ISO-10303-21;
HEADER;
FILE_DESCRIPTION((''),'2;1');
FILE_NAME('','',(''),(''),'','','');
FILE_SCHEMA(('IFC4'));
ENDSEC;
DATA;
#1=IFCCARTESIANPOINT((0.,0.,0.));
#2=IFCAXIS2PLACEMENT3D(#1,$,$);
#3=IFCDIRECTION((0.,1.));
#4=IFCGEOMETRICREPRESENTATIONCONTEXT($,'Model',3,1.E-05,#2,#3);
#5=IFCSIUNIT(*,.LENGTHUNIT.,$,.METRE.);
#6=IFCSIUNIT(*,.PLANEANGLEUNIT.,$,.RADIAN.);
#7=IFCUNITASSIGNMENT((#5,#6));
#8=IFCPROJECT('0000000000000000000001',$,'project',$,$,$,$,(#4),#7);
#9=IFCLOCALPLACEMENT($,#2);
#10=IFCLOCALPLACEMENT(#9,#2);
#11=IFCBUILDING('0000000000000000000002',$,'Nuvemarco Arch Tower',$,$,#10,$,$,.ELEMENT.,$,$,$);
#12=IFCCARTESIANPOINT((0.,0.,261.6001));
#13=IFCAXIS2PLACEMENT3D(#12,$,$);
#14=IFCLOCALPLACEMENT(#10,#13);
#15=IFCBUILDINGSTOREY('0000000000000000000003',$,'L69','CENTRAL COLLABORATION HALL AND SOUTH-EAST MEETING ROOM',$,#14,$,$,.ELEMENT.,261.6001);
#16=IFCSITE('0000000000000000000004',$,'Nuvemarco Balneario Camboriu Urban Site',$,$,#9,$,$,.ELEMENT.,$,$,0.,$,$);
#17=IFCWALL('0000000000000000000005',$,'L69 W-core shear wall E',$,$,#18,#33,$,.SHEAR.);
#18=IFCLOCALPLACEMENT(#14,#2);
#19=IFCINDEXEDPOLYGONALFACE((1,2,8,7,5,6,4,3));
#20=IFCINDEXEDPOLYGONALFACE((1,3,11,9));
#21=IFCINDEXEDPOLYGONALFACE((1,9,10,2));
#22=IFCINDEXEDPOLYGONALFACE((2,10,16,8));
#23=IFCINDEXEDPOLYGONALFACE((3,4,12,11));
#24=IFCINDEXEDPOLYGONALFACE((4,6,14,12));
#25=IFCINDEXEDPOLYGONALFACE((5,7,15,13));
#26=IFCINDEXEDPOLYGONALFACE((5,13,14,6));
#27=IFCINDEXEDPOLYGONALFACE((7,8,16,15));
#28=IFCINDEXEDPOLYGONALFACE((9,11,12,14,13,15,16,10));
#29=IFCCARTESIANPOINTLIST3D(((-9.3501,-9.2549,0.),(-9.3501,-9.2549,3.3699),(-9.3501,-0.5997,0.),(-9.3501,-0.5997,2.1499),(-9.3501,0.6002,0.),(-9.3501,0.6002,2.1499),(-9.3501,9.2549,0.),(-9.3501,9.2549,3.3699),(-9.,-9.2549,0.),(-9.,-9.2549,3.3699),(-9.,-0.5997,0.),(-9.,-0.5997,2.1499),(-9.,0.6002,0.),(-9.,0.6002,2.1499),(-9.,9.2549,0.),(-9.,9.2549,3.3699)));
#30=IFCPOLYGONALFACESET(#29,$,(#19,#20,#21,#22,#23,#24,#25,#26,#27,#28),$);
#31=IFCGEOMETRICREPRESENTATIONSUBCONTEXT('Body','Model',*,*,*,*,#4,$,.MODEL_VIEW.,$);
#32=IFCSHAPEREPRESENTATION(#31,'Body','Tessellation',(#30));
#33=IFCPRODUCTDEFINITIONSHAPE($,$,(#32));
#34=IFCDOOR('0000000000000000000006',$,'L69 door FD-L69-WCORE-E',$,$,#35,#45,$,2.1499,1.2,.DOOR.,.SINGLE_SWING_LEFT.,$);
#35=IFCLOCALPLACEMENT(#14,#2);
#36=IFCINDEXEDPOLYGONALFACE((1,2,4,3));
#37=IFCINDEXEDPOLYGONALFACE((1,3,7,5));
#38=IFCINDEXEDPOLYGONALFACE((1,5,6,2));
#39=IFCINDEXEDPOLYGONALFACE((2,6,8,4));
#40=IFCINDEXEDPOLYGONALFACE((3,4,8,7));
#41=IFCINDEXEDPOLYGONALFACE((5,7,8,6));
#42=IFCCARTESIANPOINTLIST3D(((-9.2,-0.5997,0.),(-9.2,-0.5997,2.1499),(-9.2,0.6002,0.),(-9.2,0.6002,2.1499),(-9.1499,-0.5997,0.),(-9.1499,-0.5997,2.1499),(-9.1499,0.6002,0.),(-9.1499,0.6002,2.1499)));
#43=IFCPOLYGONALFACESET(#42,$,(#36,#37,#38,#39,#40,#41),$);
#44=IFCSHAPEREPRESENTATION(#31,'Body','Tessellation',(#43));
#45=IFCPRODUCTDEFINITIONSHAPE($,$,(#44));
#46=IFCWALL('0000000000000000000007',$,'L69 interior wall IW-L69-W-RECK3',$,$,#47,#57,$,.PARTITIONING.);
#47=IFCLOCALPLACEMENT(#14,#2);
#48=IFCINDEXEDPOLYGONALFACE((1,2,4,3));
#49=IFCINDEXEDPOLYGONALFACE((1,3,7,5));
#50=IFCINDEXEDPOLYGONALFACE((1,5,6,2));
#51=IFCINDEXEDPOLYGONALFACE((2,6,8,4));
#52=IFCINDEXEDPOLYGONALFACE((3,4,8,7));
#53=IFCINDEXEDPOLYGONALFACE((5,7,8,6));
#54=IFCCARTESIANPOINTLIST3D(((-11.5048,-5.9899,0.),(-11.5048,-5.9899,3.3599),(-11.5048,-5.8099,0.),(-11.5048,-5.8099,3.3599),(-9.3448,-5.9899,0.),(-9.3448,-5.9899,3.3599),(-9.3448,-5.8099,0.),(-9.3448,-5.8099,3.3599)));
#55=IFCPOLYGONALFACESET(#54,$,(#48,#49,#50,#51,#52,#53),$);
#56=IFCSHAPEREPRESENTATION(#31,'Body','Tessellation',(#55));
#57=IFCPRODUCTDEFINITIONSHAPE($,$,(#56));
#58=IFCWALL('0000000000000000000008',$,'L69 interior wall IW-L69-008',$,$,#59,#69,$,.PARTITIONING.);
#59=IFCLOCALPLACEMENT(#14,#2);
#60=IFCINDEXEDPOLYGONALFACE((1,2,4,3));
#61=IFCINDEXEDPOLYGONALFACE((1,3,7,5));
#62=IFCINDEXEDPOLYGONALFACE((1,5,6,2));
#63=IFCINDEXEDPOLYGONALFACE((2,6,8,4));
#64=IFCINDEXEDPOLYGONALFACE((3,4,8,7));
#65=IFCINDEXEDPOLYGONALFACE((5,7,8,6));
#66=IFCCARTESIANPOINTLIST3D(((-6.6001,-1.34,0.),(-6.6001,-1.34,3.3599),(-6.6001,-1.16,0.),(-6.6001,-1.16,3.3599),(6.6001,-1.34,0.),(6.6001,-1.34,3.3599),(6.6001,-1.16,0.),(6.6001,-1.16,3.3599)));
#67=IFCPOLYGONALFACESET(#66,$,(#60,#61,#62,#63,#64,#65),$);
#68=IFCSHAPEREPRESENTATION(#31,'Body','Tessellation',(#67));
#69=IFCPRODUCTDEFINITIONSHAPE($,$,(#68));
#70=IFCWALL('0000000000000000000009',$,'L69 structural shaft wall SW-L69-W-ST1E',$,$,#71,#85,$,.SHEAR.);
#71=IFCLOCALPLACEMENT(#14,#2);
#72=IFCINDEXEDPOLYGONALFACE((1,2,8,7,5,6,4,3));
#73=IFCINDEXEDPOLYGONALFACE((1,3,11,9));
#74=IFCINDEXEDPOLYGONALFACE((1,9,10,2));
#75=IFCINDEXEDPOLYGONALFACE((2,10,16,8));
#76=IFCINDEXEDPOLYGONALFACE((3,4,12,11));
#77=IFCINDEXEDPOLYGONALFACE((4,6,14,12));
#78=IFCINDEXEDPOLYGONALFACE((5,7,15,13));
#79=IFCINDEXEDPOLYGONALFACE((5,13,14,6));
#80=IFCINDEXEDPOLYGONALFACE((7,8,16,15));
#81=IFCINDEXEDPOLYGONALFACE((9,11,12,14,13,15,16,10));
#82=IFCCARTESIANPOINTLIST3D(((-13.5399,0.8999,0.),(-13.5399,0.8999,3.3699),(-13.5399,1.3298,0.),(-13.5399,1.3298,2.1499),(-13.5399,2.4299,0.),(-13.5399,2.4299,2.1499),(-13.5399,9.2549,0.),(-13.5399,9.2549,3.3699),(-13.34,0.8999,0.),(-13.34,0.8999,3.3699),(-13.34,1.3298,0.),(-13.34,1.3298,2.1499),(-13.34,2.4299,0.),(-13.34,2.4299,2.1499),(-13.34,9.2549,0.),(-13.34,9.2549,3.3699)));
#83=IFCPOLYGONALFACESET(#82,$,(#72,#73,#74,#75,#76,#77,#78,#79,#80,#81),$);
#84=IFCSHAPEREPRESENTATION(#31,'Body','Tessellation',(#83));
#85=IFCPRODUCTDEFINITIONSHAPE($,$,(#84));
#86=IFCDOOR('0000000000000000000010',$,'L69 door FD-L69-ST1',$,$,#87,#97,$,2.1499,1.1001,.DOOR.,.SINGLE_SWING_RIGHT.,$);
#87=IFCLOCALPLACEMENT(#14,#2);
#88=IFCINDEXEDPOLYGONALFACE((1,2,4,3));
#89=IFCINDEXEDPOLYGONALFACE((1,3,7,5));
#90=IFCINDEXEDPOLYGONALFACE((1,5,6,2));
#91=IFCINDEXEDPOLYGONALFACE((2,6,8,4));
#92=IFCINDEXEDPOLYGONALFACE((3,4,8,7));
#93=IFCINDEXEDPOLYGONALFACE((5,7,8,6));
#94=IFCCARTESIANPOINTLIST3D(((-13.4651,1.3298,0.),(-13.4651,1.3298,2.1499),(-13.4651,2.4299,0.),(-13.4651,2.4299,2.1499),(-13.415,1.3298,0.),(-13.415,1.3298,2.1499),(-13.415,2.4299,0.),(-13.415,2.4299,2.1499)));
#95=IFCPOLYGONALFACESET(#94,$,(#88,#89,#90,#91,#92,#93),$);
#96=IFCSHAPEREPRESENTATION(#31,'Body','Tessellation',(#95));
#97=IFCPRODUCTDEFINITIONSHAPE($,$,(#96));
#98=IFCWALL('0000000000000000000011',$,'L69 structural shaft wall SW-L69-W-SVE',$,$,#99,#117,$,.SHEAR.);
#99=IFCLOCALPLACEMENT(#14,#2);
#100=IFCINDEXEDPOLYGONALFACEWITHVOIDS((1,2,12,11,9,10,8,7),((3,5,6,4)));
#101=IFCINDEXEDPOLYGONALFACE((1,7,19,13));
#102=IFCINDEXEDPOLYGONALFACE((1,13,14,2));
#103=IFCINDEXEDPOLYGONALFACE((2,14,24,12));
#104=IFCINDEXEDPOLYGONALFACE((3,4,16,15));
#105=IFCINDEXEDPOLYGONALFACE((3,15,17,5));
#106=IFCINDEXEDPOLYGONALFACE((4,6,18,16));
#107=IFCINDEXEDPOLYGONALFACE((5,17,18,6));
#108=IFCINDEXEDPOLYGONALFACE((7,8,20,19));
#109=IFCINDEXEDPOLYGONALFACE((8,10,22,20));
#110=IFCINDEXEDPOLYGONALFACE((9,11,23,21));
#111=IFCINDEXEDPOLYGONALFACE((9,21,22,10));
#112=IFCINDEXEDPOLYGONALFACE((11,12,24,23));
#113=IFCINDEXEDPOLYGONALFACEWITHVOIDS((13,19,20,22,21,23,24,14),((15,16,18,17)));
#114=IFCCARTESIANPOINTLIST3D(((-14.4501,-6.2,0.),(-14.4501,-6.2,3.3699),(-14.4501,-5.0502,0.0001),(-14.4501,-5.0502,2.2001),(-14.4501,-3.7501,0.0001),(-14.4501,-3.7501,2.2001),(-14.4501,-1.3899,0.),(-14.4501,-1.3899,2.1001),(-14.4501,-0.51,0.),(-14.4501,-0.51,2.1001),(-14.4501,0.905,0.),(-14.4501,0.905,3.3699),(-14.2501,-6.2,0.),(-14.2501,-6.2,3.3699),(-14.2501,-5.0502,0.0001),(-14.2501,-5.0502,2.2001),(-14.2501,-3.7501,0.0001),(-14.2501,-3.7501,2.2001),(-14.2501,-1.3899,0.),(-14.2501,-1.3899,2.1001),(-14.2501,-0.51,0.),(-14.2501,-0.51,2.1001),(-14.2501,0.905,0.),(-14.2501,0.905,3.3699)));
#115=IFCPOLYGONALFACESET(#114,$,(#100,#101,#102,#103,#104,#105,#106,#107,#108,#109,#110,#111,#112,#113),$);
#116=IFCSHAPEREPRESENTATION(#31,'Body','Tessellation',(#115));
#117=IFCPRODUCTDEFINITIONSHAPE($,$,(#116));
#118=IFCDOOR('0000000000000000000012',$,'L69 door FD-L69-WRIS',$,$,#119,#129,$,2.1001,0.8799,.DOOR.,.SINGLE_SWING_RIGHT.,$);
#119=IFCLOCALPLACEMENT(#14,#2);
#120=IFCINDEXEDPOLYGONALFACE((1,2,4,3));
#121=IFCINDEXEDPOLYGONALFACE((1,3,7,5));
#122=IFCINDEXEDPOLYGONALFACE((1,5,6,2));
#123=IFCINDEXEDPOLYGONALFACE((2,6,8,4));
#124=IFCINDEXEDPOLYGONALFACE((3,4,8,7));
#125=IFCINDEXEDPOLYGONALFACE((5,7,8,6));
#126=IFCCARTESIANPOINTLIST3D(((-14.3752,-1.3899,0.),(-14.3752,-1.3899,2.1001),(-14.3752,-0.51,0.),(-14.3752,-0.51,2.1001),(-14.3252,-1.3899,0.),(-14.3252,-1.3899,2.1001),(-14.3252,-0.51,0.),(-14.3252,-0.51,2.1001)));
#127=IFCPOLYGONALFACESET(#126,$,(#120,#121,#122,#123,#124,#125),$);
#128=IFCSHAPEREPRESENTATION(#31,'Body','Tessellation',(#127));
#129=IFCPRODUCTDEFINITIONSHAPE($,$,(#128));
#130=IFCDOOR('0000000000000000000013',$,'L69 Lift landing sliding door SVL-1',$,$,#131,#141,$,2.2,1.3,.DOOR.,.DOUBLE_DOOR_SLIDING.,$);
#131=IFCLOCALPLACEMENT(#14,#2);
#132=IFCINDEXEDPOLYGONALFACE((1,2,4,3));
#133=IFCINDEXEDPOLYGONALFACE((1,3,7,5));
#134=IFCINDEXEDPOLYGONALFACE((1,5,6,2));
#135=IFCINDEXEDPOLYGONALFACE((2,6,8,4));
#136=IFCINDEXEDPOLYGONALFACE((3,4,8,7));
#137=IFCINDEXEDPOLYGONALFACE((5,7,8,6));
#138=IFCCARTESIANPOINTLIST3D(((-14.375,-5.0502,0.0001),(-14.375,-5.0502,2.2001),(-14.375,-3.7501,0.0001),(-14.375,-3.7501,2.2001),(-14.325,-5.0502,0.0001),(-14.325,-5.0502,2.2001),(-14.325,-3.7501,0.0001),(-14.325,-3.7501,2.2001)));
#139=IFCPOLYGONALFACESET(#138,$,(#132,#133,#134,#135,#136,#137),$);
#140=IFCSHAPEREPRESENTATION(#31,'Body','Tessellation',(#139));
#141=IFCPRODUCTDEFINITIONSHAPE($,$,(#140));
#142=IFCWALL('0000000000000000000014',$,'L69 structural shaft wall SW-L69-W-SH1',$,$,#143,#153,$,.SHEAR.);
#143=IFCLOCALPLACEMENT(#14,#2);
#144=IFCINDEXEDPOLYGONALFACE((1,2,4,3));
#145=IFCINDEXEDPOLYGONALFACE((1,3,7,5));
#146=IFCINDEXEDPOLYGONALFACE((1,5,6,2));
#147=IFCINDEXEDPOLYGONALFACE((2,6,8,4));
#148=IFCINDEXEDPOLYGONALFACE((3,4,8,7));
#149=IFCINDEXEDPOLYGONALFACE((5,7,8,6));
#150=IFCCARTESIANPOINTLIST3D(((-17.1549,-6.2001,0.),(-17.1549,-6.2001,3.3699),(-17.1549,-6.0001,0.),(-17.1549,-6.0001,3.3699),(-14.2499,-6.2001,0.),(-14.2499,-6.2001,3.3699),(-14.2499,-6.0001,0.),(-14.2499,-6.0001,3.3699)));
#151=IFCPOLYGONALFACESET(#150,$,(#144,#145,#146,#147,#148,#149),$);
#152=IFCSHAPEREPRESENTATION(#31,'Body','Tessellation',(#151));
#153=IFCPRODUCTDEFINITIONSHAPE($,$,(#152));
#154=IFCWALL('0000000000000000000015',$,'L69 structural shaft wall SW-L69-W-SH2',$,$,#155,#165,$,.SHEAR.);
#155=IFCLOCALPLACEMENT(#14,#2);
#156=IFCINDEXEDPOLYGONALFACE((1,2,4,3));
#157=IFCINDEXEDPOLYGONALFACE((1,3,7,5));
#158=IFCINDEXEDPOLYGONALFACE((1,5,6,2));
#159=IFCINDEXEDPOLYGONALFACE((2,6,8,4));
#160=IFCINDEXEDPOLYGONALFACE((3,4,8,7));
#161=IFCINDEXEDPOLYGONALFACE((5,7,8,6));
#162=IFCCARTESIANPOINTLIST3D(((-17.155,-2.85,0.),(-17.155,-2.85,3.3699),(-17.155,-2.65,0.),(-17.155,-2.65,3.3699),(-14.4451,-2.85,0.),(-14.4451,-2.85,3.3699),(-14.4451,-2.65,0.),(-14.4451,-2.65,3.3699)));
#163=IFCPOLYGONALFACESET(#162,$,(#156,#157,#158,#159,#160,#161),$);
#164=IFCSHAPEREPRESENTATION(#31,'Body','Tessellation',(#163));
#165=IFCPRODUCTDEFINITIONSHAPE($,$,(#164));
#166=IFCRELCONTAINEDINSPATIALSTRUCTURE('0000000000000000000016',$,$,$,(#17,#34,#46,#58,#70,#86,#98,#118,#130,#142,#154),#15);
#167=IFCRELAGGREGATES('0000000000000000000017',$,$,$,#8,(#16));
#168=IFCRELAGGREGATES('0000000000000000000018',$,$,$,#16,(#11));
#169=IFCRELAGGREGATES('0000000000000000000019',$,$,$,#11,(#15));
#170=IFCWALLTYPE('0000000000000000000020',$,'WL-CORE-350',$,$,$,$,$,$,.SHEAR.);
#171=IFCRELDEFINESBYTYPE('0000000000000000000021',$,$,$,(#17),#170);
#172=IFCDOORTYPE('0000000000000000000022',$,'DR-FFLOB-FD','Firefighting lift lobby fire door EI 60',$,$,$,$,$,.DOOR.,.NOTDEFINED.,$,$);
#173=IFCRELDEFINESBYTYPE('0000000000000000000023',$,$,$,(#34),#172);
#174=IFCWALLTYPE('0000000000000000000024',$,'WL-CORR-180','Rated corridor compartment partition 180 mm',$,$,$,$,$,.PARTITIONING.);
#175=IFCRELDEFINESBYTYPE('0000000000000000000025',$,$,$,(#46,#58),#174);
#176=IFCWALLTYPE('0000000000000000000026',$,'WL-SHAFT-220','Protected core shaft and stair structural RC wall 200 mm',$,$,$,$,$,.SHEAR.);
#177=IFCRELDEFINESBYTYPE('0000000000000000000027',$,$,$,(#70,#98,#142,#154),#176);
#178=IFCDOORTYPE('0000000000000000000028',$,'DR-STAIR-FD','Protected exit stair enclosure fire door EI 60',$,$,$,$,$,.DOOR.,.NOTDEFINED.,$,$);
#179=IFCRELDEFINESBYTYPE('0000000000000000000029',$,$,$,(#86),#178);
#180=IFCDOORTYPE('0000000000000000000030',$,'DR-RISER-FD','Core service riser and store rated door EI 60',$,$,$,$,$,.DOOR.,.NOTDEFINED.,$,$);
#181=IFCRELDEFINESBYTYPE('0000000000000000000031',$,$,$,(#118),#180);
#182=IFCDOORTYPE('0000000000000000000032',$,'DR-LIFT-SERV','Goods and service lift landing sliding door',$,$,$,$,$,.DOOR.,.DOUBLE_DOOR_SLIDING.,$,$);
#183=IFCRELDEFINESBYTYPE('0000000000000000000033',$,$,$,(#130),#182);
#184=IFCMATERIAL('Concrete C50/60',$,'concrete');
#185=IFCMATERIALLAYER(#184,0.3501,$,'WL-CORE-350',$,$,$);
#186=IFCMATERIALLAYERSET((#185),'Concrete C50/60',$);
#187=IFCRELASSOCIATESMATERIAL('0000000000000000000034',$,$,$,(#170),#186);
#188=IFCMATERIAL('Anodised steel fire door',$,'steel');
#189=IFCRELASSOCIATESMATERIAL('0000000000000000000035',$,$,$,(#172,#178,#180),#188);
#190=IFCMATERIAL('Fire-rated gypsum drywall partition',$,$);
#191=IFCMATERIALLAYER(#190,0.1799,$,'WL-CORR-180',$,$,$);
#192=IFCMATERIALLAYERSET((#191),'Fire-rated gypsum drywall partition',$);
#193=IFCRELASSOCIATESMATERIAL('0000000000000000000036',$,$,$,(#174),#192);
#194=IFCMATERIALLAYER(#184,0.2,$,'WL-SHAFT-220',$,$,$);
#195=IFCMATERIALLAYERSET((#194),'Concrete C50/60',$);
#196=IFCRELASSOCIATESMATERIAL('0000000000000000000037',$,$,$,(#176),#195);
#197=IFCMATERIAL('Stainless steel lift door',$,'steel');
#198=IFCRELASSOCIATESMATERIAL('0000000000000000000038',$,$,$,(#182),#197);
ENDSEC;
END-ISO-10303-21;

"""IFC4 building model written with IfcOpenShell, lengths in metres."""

from ifc_helpers import new_model, si_unit, direction, frame, frame_2d, origin, place, context, subcontext, project, spatial, rectangle, extrude, source, transform, mapped, material, layer, layer_set, type_object, type_shapes, element, fill, save


model = new_model("IFC4")

# Units and contexts
model_context = context("Model", 3, precision=1e-05, world=origin(), true_north=direction((0.0, 1.0)))
body_context = subcontext(model_context, "Body", "Model", "MODEL_VIEW")
ifc_project = project(units=[si_unit("LENGTHUNIT", "METRE"), si_unit("PLANEANGLEUNIT", "RADIAN")], contexts=[model_context])

# Site, building, storey
site_placement = place(None, origin())
site = spatial("IfcSite", under=ifc_project, at=site_placement, Name="Nuvemarco Balneario Camboriu Urban Site", CompositionType="ELEMENT", RefElevation=0.0)
building_placement = place(site_placement, origin())
building = spatial("IfcBuilding", under=site, at=building_placement, Name="Nuvemarco Arch Tower", CompositionType="ELEMENT")
storey_placement = place(building_placement, frame((0.0, 0.0, 261.6001)))
storey = spatial("IfcBuildingStorey", under=building, at=storey_placement, Name="L69", Description="CENTRAL COLLABORATION HALL AND SOUTH-EAST MEETING ROOM", CompositionType="ELEMENT", Elevation=261.6001)

# Shared definitions
ifc_material_1 = material(Name="Concrete C50/60", Category="concrete")

# Wall, opening, door
ifc_layer_1 = layer(ifc_material_1, 0.3501, Name="WL-CORE-350")
ifc_layer_set_1 = layer_set([ifc_layer_1], Name="Concrete C50/60")
wall_type_1 = type_object("IfcWallType", Name="WL-CORE-350", PredefinedType="SHEAR", material=ifc_layer_set_1)
wall_1_placement = place(storey_placement, frame((-9.175, -9.2549, 0.0), z_axis=(0.0, 0.0, 1.0), x_axis=(0.0, 1.0, 0.0)))
wall_1 = element("IfcWall", 1, at=wall_1_placement, inside=storey, type_object=wall_type_1, Name="L69 W-core shear wall E", PredefinedType="SHEAR", context=body_context, shape_type="SweptSolid", body=[
    extrude(rectangle(XDim=18.5098, YDim=0.3501, at=frame_2d((9.2549, 0.0))), origin(), (0.0, 0.0, 1.0), 3.3699),
])
opening_1_placement = place(wall_1_placement, frame((8.655, 0.0, 0.0)))
opening_1 = element("IfcOpeningElement", 2, at=opening_1_placement, cuts=wall_1, PredefinedType="OPENING", context=body_context, shape_type="SweptSolid", body=[
    extrude(rectangle(XDim=1.2, YDim=2.1499, at=frame_2d((0.6001, 1.075))), frame((0.0, 0.1851, 0.0), z_axis=(0.0, -1.0, 0.0), x_axis=(1.0, 0.0, 0.0)), (0.0, 0.0, 1.0), 0.3701),
])
ifc_material_2 = material(Name="Anodised steel fire door", Category="steel")
door_type_1 = type_object("IfcDoorType", Name="DR-FFLOB-FD", Description="Firefighting lift lobby fire door EI 60", OperationType="NOTDEFINED", PredefinedType="DOOR", material=ifc_material_2)
shared_shape_1 = source(origin(), body_context, "Body", "SweptSolid", [
    extrude(rectangle(XDim=1.2, YDim=2.1499, at=frame_2d((0.6001, 1.075))), frame((0.0, 0.0249, 0.0), z_axis=(0.0, -1.0, 0.0), x_axis=(1.0, 0.0, 0.0)), (0.0, 0.0, 1.0), 0.05),
])
type_shapes(door_type_1, [shared_shape_1])
door_1_placement = place(opening_1_placement, origin())
door_1 = element("IfcDoor", 3, at=door_1_placement, inside=storey, type_object=door_type_1, Name="L69 door FD-L69-WCORE-E", OperationType="SINGLE_SWING_LEFT", OverallHeight=2.1499, OverallWidth=1.2, PredefinedType="DOOR", context=body_context, shape_type="MappedRepresentation", body=[
    mapped(shared_shape_1, transform((0.0, 0.0, 0.0), scale=1.0)),
])
fill(opening_1, door_1)

# Walls
ifc_material_3 = material(Name="Fire-rated gypsum drywall partition")
ifc_layer_2 = layer(ifc_material_3, 0.1799, Name="WL-CORR-180")
ifc_layer_set_2 = layer_set([ifc_layer_2], Name="Fire-rated gypsum drywall partition")
wall_type_2 = type_object("IfcWallType", Name="WL-CORR-180", Description="Rated corridor compartment partition 180 mm", PredefinedType="PARTITIONING", material=ifc_layer_set_2)
wall_2_placement = place(storey_placement, frame((-11.5049, -5.8999, 0.0), z_axis=(0.0, 0.0, 1.0), x_axis=(1.0, 0.0, 0.0)))
element("IfcWall", 4, at=wall_2_placement, inside=storey, type_object=wall_type_2, Name="L69 interior wall IW-L69-W-RECK3", PredefinedType="PARTITIONING", context=body_context, shape_type="SweptSolid", body=[
    extrude(rectangle(XDim=2.1599, YDim=0.1799, at=frame_2d((1.0801, 0.0))), origin(), (0.0, 0.0, 1.0), 3.3599),
])
wall_3_placement = place(storey_placement, frame((-6.6001, -1.25, 0.0), z_axis=(0.0, 0.0, 1.0), x_axis=(1.0, 0.0, 0.0)))
element("IfcWall", 5, at=wall_3_placement, inside=storey, type_object=wall_type_2, Name="L69 interior wall IW-L69-008", PredefinedType="PARTITIONING", context=body_context, shape_type="SweptSolid", body=[
    extrude(rectangle(XDim=13.2002, YDim=0.1799, at=frame_2d((6.6001, 0.0))), origin(), (0.0, 0.0, 1.0), 3.3599),
])

# Wall, opening, door
ifc_layer_3 = layer(ifc_material_1, 0.2, Name="WL-SHAFT-220")
ifc_layer_set_3 = layer_set([ifc_layer_3], Name="Concrete C50/60")
wall_type_3 = type_object("IfcWallType", Name="WL-SHAFT-220", Description="Protected core shaft and stair structural RC wall 200 mm", PredefinedType="SHEAR", material=ifc_layer_set_3)
wall_4_placement = place(storey_placement, frame((-13.4399, 0.8999, 0.0), z_axis=(0.0, 0.0, 1.0), x_axis=(0.0, 1.0, 0.0)))
wall_4 = element("IfcWall", 6, at=wall_4_placement, inside=storey, type_object=wall_type_3, Name="L69 structural shaft wall SW-L69-W-ST1E", PredefinedType="SHEAR", context=body_context, shape_type="SweptSolid", body=[
    extrude(rectangle(XDim=8.355, YDim=0.2, at=frame_2d((4.1775, 0.0))), origin(), (0.0, 0.0, 1.0), 3.3699),
])
opening_2_placement = place(wall_4_placement, frame((1.53, 0.0, 0.0), z_axis=(0.0, 0.0, 1.0), x_axis=(-1.0, 0.0, 0.0)))
opening_2 = element("IfcOpeningElement", 7, at=opening_2_placement, cuts=wall_4, PredefinedType="OPENING", context=body_context, shape_type="SweptSolid", body=[
    extrude(rectangle(XDim=1.1001, YDim=2.1499, at=frame_2d((0.55, 1.075))), frame((0.0, 0.1099, 0.0), z_axis=(0.0, -1.0, 0.0), x_axis=(1.0, 0.0, 0.0)), (0.0, 0.0, 1.0), 0.22),
])
door_type_2 = type_object("IfcDoorType", Name="DR-STAIR-FD", Description="Protected exit stair enclosure fire door EI 60", OperationType="NOTDEFINED", PredefinedType="DOOR", material=ifc_material_2)
shared_shape_2 = source(origin(), body_context, "Body", "SweptSolid", [
    extrude(rectangle(XDim=1.1001, YDim=2.1499, at=frame_2d((0.55, 1.075))), frame((0.0, 0.0249, 0.0), z_axis=(0.0, -1.0, 0.0), x_axis=(1.0, 0.0, 0.0)), (0.0, 0.0, 1.0), 0.05),
])
type_shapes(door_type_2, [shared_shape_2])
door_2_placement = place(opening_2_placement, origin())
door_2 = element("IfcDoor", 8, at=door_2_placement, inside=storey, type_object=door_type_2, Name="L69 door FD-L69-ST1", OperationType="SINGLE_SWING_RIGHT", OverallHeight=2.1499, OverallWidth=1.1001, PredefinedType="DOOR", context=body_context, shape_type="MappedRepresentation", body=[
    mapped(shared_shape_2, transform((0.0, 0.0, 0.0), scale=1.0)),
])
fill(opening_2, door_2)
ifc_material_4 = material(Name="Stainless steel lift door", Category="steel")

# Wall, openings, doors
wall_5_placement = place(storey_placement, frame((-14.3501, -6.2, 0.0), z_axis=(0.0, 0.0, 1.0), x_axis=(0.0, 1.0, 0.0)))
wall_5 = element("IfcWall", 9, at=wall_5_placement, inside=storey, type_object=wall_type_3, Name="L69 structural shaft wall SW-L69-W-SVE", PredefinedType="SHEAR", context=body_context, shape_type="SweptSolid", body=[
    extrude(rectangle(XDim=7.105, YDim=0.2, at=frame_2d((3.5525, 0.0))), origin(), (0.0, 0.0, 1.0), 3.3699),
])
opening_3_placement = place(wall_5_placement, frame((5.6899, 0.0, 0.0), z_axis=(0.0, 0.0, 1.0), x_axis=(-1.0, 0.0, 0.0)))
opening_3 = element("IfcOpeningElement", 10, at=opening_3_placement, cuts=wall_5, PredefinedType="OPENING", context=body_context, shape_type="SweptSolid", body=[
    extrude(rectangle(XDim=0.8799, YDim=2.1001, at=frame_2d((0.4399, 1.05))), frame((0.0, 0.1099, 0.0), z_axis=(0.0, -1.0, 0.0), x_axis=(1.0, 0.0, 0.0)), (0.0, 0.0, 1.0), 0.22),
])
opening_4_placement = place(wall_5_placement, frame((1.1499, 0.0, 0.0)))
opening_4 = element("IfcOpeningElement", 11, at=opening_4_placement, cuts=wall_5, PredefinedType="OPENING", context=body_context, shape_type="SweptSolid", body=[
    extrude(rectangle(XDim=1.3, YDim=2.2, at=frame_2d((0.6499, 1.1001))), frame((0.0, 0.1099, 0.0), z_axis=(0.0, -1.0, 0.0), x_axis=(1.0, 0.0, 0.0)), (0.0, 0.0, 1.0), 0.22),
])
door_type_3 = type_object("IfcDoorType", Name="DR-RISER-FD", Description="Core service riser and store rated door EI 60", OperationType="NOTDEFINED", PredefinedType="DOOR", material=ifc_material_2)
shared_shape_3 = source(origin(), body_context, "Body", "SweptSolid", [
    extrude(rectangle(XDim=0.8799, YDim=2.1001, at=frame_2d((0.4399, 1.05))), frame((0.0, 0.0249, 0.0), z_axis=(0.0, -1.0, 0.0), x_axis=(1.0, 0.0, 0.0)), (0.0, 0.0, 1.0), 0.05),
])
type_shapes(door_type_3, [shared_shape_3])
door_3_placement = place(opening_3_placement, origin())
door_3 = element("IfcDoor", 12, at=door_3_placement, inside=storey, type_object=door_type_3, Name="L69 door FD-L69-WRIS", OperationType="SINGLE_SWING_RIGHT", OverallHeight=2.1001, OverallWidth=0.8799, PredefinedType="DOOR", context=body_context, shape_type="MappedRepresentation", body=[
    mapped(shared_shape_3, transform((0.0, 0.0, 0.0), scale=1.0)),
])
fill(opening_3, door_3)
door_type_4 = type_object("IfcDoorType", Name="DR-LIFT-SERV", Description="Goods and service lift landing sliding door", OperationType="DOUBLE_DOOR_SLIDING", PredefinedType="DOOR", material=ifc_material_4)
shared_shape_4 = source(origin(), body_context, "Body", "SweptSolid", [
    extrude(rectangle(XDim=1.3, YDim=2.2, at=frame_2d((0.6499, 1.1001))), frame((0.0, 0.0249, 0.0), z_axis=(0.0, -1.0, 0.0), x_axis=(1.0, 0.0, 0.0)), (0.0, 0.0, 1.0), 0.05),
])
type_shapes(door_type_4, [shared_shape_4])
door_4_placement = place(opening_4_placement, origin())
door_4 = element("IfcDoor", 13, at=door_4_placement, inside=storey, type_object=door_type_4, Name="L69 Lift landing sliding door SVL-1", OperationType="DOUBLE_DOOR_SLIDING", OverallHeight=2.2, OverallWidth=1.3, PredefinedType="DOOR", context=body_context, shape_type="MappedRepresentation", body=[
    mapped(shared_shape_4, transform((0.0, 0.0, 0.0), scale=1.0)),
])
fill(opening_4, door_4)

# Walls
wall_6_placement = place(storey_placement, frame((-17.155, -6.1001, 0.0), z_axis=(0.0, 0.0, 1.0), x_axis=(1.0, 0.0, 0.0)))
element("IfcWall", 14, at=wall_6_placement, inside=storey, type_object=wall_type_3, Name="L69 structural shaft wall SW-L69-W-SH1", PredefinedType="SHEAR", context=body_context, shape_type="SweptSolid", body=[
    extrude(rectangle(XDim=2.905, YDim=0.2, at=frame_2d((1.4526, 0.0))), origin(), (0.0, 0.0, 1.0), 3.3699),
])
wall_7_placement = place(storey_placement, frame((-17.155, -2.75, 0.0), z_axis=(0.0, 0.0, 1.0), x_axis=(1.0, 0.0, 0.0)))
element("IfcWall", 15, at=wall_7_placement, inside=storey, type_object=wall_type_3, Name="L69 structural shaft wall SW-L69-W-SH2", PredefinedType="SHEAR", context=body_context, shape_type="SweptSolid", body=[
    extrude(rectangle(XDim=2.71, YDim=0.2, at=frame_2d((1.355, 0.0))), origin(), (0.0, 0.0, 1.0), 3.3699),
])

save(model, "model.ifc")
